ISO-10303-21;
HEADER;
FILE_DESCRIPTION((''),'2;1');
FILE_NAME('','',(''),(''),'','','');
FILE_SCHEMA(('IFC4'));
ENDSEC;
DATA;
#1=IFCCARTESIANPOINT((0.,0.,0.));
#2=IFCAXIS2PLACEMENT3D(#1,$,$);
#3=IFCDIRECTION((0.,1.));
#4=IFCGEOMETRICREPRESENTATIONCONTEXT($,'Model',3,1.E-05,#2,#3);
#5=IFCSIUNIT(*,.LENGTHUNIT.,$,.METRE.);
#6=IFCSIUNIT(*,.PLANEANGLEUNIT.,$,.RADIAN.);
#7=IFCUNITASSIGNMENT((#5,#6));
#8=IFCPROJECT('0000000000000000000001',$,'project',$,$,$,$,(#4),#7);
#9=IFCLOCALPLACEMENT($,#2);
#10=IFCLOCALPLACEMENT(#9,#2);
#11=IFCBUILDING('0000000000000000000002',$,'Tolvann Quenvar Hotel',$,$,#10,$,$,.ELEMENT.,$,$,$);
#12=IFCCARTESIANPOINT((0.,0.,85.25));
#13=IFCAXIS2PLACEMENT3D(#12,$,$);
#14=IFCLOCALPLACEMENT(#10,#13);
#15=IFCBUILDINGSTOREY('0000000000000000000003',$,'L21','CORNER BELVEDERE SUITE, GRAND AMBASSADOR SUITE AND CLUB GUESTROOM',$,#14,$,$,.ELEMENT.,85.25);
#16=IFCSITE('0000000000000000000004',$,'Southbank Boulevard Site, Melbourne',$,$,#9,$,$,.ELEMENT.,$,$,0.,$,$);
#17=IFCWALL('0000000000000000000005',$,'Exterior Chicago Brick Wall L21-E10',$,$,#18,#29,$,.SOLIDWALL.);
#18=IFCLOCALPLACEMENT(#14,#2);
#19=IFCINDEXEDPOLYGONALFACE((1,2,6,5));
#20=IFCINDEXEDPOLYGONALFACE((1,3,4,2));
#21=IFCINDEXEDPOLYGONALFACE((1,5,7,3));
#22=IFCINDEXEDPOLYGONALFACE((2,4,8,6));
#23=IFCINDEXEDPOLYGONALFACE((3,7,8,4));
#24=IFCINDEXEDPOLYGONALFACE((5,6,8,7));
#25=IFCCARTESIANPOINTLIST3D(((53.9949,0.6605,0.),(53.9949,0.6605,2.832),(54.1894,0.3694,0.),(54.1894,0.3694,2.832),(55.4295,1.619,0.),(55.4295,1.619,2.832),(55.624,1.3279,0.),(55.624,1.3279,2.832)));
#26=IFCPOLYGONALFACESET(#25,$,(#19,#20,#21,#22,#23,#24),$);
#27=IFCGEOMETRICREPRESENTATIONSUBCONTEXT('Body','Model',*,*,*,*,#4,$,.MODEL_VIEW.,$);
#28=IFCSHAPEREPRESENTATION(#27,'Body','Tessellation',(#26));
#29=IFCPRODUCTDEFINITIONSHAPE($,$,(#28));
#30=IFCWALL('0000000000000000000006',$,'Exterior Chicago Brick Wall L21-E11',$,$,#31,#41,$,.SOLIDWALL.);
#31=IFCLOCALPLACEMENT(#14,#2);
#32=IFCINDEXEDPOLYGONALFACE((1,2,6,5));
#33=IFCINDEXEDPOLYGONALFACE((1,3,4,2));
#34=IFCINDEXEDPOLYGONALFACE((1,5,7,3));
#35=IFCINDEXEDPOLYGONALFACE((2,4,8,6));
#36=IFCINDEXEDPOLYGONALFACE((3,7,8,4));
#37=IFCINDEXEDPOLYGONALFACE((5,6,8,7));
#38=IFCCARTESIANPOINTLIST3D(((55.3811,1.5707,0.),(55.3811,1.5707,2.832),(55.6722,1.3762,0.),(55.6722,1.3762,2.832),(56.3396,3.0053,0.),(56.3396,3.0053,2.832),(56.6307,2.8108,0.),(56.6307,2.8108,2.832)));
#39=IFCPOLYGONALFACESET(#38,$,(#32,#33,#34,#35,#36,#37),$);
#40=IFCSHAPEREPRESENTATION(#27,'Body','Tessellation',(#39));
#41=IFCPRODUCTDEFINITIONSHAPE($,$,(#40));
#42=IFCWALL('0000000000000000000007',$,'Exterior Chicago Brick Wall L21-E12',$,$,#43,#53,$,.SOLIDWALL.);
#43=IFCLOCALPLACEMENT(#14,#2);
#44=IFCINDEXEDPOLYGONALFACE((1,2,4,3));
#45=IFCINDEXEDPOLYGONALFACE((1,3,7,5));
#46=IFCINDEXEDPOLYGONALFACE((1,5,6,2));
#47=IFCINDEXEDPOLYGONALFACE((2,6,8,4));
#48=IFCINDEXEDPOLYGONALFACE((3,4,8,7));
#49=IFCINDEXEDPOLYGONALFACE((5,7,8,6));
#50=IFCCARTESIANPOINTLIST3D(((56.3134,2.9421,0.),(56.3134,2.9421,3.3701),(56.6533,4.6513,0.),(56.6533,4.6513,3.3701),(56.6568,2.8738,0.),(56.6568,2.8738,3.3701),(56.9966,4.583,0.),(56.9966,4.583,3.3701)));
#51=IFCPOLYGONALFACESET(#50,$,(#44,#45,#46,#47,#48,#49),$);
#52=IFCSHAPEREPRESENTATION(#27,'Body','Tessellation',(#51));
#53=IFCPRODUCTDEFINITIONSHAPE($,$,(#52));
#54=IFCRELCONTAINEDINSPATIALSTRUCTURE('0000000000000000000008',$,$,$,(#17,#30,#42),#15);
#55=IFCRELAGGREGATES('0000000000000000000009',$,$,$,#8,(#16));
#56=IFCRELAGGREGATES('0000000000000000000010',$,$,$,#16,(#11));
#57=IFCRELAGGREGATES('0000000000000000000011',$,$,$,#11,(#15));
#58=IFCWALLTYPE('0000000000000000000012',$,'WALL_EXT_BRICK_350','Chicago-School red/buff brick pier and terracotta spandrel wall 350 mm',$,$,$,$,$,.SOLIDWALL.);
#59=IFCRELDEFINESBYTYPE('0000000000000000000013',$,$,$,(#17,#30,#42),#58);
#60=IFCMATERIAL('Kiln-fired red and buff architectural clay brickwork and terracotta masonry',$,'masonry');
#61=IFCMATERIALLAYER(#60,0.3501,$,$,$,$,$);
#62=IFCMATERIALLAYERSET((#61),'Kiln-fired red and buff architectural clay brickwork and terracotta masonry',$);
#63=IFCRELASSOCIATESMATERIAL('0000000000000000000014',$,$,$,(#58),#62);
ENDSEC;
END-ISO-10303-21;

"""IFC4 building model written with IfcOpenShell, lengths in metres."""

from ifc_helpers import new_model, si_unit, direction, frame, frame_2d, origin, place, context, subcontext, project, spatial, rectangle, extrude, material, layer, layer_set, type_object, element, save


model = new_model("IFC4")

# Units and contexts
model_context = context("Model", 3, precision=1e-05, world=origin(), true_north=direction((0.0, 1.0)))
body_context = subcontext(model_context, "Body", "Model", "MODEL_VIEW")
ifc_project = project(units=[si_unit("LENGTHUNIT", "METRE"), si_unit("PLANEANGLEUNIT", "RADIAN")], contexts=[model_context])

# Site, building, storey
site_placement = place(None, origin())
site = spatial("IfcSite", under=ifc_project, at=site_placement, Name="Southbank Boulevard Site, Melbourne", CompositionType="ELEMENT", RefElevation=0.0)
building_placement = place(site_placement, origin())
building = spatial("IfcBuilding", under=site, at=building_placement, Name="Tolvann Quenvar Hotel", CompositionType="ELEMENT")
storey_placement = place(building_placement, frame((0.0, 0.0, 85.25)))
storey = spatial("IfcBuildingStorey", under=building, at=storey_placement, Name="L21", Description="CORNER BELVEDERE SUITE, GRAND AMBASSADOR SUITE AND CLUB GUESTROOM", CompositionType="ELEMENT", Elevation=85.25)

# Walls
ifc_material_1 = material(Name="Kiln-fired red and buff architectural clay brickwork and terracotta masonry", Category="masonry")
ifc_layer_1 = layer(ifc_material_1, 0.3501)
ifc_layer_set_1 = layer_set([ifc_layer_1], Name="Kiln-fired red and buff architectural clay brickwork and terracotta masonry")
wall_type_1 = type_object("IfcWallType", Name="WALL_EXT_BRICK_350", Description="Chicago-School red/buff brick pier and terracotta spandrel wall 350 mm", PredefinedType="SOLIDWALL", material=ifc_layer_set_1)
for number, where, z_axis, x_axis, name in (
    (1, (54.092, 0.5149, 0.0), (0.0, 0.0, 1.0), (0.831484, 0.555549, 0.0), "Exterior Chicago Brick Wall L21-E10"),
    (2, (55.5266, 1.4734, 0.0), (0.0, 0.0, 1.0), (0.555549, 0.831484, 0.0), "Exterior Chicago Brick Wall L21-E11"),
):
    element("IfcWall", number, at=place(storey_placement, frame(where, z_axis=z_axis, x_axis=x_axis)), inside=storey, type_object=wall_type_1, Name=name, PredefinedType="SOLIDWALL", context=body_context, shape_type="SweptSolid", body=[
        extrude(rectangle(XDim=1.7253, YDim=0.3501, at=frame_2d((0.8628, 0.0))), origin(), (0.0, 0.0, 1.0), 2.832),
    ])
wall_1_placement = place(storey_placement, frame((56.4851, 2.908, 0.0), z_axis=(0.0, 0.0, 1.0), x_axis=(0.195011, 0.980801, 0.0)))
element("IfcWall", 3, at=wall_1_placement, inside=storey, type_object=wall_type_1, Name="Exterior Chicago Brick Wall L21-E12", PredefinedType="SOLIDWALL", context=body_context, shape_type="SweptSolid", body=[
    extrude(rectangle(XDim=1.7427, YDim=0.3501, at=frame_2d((0.8713, 0.0))), origin(), (0.0, 0.0, 1.0), 3.3701),
])

save(model, "model.ifc")
